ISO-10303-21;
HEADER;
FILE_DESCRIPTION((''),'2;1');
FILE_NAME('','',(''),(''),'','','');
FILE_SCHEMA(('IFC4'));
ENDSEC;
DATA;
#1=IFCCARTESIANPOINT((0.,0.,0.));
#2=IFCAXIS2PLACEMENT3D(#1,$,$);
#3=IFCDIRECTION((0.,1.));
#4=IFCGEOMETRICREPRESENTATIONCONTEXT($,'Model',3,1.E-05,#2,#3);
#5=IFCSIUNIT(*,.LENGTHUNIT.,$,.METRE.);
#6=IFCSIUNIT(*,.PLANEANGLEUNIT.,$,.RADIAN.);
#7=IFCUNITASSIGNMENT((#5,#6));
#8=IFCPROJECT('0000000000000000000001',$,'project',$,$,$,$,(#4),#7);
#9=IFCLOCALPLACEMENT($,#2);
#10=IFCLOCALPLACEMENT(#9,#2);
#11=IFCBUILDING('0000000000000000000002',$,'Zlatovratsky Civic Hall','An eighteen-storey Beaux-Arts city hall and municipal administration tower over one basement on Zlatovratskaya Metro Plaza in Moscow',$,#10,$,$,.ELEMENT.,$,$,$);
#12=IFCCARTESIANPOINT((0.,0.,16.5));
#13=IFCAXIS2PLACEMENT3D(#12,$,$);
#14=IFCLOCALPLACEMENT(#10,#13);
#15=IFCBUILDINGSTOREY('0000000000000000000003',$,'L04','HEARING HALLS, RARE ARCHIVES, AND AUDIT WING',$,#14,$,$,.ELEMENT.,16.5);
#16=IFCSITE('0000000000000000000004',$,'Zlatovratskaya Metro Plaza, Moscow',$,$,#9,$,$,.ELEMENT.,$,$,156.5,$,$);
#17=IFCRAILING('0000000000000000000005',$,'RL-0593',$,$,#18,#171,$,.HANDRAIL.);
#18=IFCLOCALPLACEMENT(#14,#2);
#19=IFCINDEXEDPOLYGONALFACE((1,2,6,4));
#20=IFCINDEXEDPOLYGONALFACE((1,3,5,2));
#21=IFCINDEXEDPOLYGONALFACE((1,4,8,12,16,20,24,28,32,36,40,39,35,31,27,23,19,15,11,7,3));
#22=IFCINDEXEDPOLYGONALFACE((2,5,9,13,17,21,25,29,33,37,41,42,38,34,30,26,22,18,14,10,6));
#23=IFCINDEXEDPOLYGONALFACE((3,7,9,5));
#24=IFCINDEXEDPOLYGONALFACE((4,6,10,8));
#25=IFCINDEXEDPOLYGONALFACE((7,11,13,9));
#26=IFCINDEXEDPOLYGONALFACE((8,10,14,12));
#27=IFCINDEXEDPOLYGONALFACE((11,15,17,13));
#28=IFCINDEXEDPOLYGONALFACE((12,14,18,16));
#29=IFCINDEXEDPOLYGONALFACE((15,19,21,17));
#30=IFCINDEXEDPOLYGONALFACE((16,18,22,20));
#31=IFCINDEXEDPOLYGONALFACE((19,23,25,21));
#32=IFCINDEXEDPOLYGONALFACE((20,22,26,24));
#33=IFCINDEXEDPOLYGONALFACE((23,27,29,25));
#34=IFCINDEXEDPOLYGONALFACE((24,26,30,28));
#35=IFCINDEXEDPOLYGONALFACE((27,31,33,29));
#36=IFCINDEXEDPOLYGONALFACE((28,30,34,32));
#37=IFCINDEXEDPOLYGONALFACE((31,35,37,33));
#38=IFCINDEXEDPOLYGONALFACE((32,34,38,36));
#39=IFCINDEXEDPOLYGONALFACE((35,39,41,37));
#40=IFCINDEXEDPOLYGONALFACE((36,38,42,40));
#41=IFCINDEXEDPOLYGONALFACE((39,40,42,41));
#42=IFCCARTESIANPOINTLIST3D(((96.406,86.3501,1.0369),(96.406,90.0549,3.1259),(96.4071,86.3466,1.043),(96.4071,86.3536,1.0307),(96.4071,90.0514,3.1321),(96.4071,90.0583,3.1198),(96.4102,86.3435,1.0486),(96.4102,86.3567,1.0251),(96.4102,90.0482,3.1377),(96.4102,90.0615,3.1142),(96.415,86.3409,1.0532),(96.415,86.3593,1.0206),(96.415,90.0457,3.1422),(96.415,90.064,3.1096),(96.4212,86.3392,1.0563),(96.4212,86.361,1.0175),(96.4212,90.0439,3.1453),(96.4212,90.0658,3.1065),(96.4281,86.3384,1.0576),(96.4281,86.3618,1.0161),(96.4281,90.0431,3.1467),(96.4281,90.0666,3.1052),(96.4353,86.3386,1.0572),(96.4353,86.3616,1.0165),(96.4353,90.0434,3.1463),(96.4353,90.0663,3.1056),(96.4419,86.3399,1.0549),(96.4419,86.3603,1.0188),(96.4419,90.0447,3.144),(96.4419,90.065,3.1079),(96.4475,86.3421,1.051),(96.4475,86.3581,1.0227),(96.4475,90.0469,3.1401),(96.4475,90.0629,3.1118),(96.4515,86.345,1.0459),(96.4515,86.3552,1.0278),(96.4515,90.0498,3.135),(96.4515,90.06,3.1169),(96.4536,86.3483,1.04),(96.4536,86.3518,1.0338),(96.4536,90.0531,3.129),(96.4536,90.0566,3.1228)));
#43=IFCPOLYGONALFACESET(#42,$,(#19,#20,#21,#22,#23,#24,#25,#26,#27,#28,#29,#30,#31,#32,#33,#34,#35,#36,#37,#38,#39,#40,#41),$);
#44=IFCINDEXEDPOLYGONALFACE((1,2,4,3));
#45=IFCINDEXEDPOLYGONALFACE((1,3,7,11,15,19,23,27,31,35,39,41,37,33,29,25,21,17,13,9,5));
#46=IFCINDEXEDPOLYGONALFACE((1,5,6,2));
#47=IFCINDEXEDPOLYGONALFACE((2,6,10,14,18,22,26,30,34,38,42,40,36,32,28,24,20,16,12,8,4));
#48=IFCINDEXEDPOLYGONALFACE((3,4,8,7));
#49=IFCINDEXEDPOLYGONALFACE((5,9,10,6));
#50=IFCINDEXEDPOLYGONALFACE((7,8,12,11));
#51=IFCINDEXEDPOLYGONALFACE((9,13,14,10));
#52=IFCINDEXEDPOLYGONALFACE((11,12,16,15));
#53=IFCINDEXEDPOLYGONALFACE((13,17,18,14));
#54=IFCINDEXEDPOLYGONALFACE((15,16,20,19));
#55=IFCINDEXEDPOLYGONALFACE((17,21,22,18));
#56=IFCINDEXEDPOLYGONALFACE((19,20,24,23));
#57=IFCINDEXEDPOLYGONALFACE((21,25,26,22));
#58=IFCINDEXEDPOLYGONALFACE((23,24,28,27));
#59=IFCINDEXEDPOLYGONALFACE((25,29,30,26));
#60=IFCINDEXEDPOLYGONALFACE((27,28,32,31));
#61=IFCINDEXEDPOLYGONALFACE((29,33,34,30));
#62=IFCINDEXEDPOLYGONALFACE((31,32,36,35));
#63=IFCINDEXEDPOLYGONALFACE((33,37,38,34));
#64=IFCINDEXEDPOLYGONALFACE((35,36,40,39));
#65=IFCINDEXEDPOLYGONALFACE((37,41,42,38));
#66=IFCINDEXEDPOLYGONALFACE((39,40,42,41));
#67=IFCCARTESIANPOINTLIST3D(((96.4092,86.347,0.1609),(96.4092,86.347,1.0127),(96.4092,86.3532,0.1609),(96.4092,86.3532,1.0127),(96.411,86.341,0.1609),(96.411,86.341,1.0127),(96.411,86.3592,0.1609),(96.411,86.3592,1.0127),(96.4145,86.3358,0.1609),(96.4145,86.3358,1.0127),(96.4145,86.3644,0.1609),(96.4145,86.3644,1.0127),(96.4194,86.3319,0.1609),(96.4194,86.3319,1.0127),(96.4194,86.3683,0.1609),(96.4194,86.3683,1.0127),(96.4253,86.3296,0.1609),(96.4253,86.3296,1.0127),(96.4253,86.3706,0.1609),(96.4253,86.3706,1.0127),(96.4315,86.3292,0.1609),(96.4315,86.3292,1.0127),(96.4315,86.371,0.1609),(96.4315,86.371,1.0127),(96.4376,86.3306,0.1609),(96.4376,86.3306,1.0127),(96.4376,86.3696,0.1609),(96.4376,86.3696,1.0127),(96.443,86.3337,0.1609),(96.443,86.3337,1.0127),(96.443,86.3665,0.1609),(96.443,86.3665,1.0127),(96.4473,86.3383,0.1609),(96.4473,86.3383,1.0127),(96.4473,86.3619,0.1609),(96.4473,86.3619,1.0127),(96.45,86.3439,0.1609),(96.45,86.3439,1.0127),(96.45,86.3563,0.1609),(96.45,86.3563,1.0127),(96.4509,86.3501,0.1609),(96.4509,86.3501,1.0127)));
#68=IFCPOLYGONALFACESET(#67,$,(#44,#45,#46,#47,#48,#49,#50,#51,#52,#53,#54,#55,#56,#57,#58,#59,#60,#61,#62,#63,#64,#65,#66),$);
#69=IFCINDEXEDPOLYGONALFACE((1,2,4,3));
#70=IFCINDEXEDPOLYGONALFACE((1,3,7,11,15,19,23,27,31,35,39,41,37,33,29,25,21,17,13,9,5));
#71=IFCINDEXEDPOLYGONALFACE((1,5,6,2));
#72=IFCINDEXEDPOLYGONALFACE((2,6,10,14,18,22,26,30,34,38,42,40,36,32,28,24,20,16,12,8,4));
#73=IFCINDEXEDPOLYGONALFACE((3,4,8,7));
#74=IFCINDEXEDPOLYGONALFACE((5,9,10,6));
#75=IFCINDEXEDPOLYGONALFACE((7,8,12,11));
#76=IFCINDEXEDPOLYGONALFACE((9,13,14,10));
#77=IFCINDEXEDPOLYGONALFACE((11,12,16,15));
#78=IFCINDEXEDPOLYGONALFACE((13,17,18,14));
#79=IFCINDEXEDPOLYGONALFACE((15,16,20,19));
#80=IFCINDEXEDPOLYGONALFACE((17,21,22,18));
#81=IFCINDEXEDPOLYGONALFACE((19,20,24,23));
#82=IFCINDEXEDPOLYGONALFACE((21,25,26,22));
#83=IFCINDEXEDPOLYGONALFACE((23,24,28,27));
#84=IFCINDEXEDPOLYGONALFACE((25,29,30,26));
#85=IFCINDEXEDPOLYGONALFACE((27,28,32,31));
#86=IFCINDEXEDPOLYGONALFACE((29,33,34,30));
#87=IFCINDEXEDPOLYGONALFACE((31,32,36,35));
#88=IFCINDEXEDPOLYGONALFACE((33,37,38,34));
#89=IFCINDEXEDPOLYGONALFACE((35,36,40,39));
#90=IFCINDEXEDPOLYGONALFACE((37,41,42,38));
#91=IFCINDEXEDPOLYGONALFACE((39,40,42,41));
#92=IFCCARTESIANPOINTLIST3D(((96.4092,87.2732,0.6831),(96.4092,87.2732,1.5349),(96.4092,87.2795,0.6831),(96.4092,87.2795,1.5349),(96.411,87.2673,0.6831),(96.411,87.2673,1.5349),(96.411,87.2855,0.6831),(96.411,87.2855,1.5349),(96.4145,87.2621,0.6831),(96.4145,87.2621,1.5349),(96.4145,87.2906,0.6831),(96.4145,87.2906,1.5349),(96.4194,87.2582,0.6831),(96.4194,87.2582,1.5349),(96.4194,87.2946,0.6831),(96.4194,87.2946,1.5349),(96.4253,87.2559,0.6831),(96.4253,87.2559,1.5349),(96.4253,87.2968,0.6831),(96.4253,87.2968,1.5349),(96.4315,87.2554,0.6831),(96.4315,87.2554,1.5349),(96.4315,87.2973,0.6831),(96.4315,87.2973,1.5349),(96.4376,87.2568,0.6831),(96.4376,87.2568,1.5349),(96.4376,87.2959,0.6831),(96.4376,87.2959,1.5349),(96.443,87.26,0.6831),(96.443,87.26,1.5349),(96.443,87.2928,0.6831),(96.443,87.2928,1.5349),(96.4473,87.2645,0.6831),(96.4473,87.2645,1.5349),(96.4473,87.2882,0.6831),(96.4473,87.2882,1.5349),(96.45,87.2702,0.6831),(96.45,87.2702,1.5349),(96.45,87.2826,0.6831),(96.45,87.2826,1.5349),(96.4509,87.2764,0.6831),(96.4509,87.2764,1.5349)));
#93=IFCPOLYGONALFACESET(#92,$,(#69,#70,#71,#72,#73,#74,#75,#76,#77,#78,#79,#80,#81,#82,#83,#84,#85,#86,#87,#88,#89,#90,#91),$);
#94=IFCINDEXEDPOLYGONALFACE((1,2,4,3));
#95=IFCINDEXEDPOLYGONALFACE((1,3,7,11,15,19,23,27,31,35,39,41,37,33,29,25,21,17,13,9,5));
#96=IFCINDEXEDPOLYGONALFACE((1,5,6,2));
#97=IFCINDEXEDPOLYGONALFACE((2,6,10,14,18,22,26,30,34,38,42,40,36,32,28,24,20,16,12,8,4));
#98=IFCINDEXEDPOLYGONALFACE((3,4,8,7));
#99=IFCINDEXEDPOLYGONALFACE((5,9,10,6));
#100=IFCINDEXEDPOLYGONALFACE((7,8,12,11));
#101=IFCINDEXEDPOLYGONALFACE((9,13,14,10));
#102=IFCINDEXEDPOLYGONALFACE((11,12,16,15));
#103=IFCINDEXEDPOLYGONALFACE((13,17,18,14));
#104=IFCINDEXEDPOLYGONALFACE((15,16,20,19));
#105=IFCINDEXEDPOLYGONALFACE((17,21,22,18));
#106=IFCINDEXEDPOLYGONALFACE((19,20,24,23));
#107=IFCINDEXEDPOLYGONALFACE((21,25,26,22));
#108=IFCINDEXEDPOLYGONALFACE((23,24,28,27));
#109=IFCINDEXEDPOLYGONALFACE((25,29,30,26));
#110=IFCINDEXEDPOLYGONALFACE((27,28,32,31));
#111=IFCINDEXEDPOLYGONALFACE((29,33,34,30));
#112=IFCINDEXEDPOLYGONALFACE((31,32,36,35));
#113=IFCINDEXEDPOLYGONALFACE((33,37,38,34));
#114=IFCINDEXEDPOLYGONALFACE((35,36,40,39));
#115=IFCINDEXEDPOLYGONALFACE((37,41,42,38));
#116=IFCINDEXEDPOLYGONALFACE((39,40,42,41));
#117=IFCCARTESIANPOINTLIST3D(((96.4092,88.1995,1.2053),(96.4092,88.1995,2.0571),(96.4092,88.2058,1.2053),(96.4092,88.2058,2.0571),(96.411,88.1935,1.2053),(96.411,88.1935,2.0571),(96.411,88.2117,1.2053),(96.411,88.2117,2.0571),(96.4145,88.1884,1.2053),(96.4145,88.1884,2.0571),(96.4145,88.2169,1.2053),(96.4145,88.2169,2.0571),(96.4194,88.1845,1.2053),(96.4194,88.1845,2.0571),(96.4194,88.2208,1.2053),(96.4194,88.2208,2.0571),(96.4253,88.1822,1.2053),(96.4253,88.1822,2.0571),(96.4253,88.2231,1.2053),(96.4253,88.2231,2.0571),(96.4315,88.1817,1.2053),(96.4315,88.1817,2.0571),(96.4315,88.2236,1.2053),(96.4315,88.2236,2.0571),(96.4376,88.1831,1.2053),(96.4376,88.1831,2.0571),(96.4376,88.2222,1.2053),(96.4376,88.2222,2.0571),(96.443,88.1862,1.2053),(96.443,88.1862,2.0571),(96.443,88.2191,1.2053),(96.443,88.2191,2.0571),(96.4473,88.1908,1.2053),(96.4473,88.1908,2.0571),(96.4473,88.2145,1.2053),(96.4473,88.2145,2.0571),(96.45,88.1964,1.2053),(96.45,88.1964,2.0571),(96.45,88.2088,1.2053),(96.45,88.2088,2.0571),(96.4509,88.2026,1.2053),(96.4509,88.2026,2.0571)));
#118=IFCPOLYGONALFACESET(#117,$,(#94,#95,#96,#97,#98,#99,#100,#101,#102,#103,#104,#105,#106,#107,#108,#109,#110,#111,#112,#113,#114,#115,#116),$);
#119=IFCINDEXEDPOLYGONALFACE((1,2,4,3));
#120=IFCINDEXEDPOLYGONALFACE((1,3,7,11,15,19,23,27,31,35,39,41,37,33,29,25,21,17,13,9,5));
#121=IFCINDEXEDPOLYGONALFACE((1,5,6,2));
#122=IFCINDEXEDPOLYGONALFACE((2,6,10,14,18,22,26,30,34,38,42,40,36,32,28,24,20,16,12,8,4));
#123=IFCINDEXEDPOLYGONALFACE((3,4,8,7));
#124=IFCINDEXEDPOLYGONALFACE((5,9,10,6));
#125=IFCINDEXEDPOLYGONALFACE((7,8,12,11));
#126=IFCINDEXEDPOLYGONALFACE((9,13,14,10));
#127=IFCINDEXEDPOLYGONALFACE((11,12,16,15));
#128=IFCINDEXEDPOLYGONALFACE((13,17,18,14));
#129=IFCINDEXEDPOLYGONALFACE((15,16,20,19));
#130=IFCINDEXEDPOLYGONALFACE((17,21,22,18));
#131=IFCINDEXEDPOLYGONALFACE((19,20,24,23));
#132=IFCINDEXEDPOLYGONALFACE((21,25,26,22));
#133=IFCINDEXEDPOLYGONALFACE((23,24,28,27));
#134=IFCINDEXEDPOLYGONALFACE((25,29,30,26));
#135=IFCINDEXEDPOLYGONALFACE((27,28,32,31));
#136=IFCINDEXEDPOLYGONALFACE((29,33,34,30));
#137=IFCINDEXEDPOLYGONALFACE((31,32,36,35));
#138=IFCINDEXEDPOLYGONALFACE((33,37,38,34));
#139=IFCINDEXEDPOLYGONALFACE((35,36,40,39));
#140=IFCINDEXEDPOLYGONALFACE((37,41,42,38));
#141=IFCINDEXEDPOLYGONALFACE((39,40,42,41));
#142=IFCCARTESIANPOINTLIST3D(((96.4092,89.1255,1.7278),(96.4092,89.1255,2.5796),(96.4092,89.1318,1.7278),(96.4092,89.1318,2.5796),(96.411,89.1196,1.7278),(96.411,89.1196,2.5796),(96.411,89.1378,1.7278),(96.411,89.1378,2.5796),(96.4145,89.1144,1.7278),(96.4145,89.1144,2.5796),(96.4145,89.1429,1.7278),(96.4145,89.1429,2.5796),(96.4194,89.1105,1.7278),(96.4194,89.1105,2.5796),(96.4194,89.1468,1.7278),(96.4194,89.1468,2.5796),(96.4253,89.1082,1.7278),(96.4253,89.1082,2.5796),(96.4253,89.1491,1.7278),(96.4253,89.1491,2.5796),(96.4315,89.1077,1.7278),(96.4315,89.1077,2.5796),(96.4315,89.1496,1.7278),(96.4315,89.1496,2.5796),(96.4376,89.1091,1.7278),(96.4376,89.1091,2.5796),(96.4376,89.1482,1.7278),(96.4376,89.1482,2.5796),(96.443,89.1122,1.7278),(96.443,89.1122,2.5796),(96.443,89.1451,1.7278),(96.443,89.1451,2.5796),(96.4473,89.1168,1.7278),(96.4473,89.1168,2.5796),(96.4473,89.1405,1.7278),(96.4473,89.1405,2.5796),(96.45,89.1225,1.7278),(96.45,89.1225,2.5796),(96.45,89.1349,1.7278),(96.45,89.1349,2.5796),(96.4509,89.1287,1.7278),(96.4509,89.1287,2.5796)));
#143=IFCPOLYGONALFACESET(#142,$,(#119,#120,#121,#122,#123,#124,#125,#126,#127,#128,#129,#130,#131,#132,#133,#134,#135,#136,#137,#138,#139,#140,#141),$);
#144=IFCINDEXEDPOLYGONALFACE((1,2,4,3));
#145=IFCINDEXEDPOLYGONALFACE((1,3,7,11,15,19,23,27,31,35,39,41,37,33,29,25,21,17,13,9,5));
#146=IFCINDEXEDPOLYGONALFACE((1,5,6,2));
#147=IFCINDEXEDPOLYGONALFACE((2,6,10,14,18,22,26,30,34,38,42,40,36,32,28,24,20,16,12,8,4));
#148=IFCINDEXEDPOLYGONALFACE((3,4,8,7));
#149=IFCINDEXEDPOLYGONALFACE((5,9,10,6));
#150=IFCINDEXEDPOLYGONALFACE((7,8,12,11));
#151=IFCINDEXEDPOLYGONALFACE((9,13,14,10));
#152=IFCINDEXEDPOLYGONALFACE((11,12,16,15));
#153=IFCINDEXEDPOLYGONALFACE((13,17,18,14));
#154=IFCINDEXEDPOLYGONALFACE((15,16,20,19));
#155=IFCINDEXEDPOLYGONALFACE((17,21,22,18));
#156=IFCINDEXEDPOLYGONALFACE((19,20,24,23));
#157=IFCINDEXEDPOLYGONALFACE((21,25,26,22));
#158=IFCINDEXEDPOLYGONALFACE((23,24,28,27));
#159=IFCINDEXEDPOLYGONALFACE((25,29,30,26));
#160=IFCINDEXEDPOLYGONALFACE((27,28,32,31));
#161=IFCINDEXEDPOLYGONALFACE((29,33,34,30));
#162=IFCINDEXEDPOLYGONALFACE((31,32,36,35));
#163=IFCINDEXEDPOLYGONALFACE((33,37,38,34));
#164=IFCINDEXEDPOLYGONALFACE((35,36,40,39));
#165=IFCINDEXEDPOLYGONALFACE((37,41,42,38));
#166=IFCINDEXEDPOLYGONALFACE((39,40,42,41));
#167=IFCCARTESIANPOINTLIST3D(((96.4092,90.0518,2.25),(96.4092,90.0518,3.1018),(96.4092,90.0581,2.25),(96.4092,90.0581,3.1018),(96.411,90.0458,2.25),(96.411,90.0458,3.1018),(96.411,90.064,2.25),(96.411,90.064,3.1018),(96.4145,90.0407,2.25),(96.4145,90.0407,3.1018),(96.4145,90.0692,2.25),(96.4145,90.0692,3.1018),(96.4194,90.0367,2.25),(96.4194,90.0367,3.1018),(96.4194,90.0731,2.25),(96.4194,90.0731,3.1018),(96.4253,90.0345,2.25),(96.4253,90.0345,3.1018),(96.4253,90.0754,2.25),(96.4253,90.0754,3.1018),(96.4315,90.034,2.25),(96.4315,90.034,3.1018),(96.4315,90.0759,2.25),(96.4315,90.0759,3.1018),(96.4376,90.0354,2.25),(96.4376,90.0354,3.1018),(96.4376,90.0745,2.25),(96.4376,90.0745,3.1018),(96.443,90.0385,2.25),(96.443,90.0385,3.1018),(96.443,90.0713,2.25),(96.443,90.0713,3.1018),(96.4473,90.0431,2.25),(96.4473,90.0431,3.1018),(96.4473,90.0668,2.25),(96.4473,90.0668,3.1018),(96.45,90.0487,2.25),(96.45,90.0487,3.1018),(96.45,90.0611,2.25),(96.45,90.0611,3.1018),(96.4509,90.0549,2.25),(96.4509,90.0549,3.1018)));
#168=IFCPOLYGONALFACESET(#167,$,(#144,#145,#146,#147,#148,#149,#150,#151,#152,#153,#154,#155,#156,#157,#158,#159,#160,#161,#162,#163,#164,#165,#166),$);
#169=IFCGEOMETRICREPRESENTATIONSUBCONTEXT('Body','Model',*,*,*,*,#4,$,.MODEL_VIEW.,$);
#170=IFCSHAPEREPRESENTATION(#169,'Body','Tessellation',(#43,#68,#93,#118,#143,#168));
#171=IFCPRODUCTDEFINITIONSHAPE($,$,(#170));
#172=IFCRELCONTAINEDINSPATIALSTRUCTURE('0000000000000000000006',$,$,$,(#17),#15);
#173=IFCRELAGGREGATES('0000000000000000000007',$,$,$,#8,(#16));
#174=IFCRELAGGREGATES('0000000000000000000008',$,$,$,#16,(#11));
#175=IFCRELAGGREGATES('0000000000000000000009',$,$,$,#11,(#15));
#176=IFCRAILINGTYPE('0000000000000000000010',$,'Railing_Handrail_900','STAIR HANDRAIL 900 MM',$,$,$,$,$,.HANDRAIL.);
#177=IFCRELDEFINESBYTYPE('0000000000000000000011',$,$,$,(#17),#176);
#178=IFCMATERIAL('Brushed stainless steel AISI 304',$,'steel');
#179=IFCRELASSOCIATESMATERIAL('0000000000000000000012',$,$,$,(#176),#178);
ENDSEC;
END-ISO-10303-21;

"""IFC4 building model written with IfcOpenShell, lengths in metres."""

from ifc_helpers import new_model, si_unit, direction, frame, origin, origin_2d, place, context, subcontext, project, spatial, circle, extrude, material, type_object, element, save


model = new_model("IFC4")

# Units and contexts
model_context = context("Model", 3, precision=1e-05, world=origin(), true_north=direction((0.0, 1.0)))
body_context = subcontext(model_context, "Body", "Model", "MODEL_VIEW")
ifc_project = project(units=[si_unit("LENGTHUNIT", "METRE"), si_unit("PLANEANGLEUNIT", "RADIAN")], contexts=[model_context])

# Site, building, storey
site_placement = place(None, origin())
site = spatial("IfcSite", under=ifc_project, at=site_placement, Name="Zlatovratskaya Metro Plaza, Moscow", CompositionType="ELEMENT", RefElevation=156.5)
building_placement = place(site_placement, origin())
building = spatial("IfcBuilding", under=site, at=building_placement, Name="Zlatovratsky Civic Hall", Description="An eighteen-storey Beaux-Arts city hall and municipal administration tower over one basement on Zlatovratskaya Metro Plaza in Moscow", CompositionType="ELEMENT")
storey_placement = place(building_placement, frame((0.0, 0.0, 16.5)))
storey = spatial("IfcBuildingStorey", under=building, at=storey_placement, Name="L04", Description="HEARING HALLS, RARE ARCHIVES, AND AUDIT WING", CompositionType="ELEMENT", Elevation=16.5)

# Railing
ifc_material_1 = material(Name="Brushed stainless steel AISI 304", Category="steel")
railing_type_1 = type_object("IfcRailingType", Name="Railing_Handrail_900", Description="STAIR HANDRAIL 900 MM", PredefinedType="HANDRAIL", material=ifc_material_1)
railing_1_placement = place(storey_placement, frame((96.4299, 86.3501, 0.1609)))
element("IfcRailing", 1, at=railing_1_placement, inside=storey, type_object=railing_type_1, Name="RL-0593", PredefinedType="HANDRAIL", context=body_context, shape_type="SweptSolid", body=[
    extrude(circle(Radius=0.0239, at=origin_2d()), frame((0.0, 0.0, 0.876), z_axis=(0.0, 0.871058, 0.491179), x_axis=(-1.0, 0.0, 0.0)), (0.0, 0.0, 1.0), 4.2532),
    extrude(circle(Radius=0.021, at=origin_2d()), origin(), (0.0, 0.0, 1.0), 0.8518),
    extrude(circle(Radius=0.021, at=origin_2d()), frame((0.0, 0.9263, 0.5222)), (0.0, 0.0, 1.0), 0.8518),
    extrude(circle(Radius=0.021, at=origin_2d()), frame((0.0, 1.8525, 1.0444)), (0.0, 0.0, 1.0), 0.8518),
    extrude(circle(Radius=0.021, at=origin_2d()), frame((0.0, 2.7786, 1.5669)), (0.0, 0.0, 1.0), 0.8518),
    extrude(circle(Radius=0.021, at=origin_2d()), frame((0.0, 3.7048, 2.0891)), (0.0, 0.0, 1.0), 0.8518),
])

save(model, "model.ifc")
